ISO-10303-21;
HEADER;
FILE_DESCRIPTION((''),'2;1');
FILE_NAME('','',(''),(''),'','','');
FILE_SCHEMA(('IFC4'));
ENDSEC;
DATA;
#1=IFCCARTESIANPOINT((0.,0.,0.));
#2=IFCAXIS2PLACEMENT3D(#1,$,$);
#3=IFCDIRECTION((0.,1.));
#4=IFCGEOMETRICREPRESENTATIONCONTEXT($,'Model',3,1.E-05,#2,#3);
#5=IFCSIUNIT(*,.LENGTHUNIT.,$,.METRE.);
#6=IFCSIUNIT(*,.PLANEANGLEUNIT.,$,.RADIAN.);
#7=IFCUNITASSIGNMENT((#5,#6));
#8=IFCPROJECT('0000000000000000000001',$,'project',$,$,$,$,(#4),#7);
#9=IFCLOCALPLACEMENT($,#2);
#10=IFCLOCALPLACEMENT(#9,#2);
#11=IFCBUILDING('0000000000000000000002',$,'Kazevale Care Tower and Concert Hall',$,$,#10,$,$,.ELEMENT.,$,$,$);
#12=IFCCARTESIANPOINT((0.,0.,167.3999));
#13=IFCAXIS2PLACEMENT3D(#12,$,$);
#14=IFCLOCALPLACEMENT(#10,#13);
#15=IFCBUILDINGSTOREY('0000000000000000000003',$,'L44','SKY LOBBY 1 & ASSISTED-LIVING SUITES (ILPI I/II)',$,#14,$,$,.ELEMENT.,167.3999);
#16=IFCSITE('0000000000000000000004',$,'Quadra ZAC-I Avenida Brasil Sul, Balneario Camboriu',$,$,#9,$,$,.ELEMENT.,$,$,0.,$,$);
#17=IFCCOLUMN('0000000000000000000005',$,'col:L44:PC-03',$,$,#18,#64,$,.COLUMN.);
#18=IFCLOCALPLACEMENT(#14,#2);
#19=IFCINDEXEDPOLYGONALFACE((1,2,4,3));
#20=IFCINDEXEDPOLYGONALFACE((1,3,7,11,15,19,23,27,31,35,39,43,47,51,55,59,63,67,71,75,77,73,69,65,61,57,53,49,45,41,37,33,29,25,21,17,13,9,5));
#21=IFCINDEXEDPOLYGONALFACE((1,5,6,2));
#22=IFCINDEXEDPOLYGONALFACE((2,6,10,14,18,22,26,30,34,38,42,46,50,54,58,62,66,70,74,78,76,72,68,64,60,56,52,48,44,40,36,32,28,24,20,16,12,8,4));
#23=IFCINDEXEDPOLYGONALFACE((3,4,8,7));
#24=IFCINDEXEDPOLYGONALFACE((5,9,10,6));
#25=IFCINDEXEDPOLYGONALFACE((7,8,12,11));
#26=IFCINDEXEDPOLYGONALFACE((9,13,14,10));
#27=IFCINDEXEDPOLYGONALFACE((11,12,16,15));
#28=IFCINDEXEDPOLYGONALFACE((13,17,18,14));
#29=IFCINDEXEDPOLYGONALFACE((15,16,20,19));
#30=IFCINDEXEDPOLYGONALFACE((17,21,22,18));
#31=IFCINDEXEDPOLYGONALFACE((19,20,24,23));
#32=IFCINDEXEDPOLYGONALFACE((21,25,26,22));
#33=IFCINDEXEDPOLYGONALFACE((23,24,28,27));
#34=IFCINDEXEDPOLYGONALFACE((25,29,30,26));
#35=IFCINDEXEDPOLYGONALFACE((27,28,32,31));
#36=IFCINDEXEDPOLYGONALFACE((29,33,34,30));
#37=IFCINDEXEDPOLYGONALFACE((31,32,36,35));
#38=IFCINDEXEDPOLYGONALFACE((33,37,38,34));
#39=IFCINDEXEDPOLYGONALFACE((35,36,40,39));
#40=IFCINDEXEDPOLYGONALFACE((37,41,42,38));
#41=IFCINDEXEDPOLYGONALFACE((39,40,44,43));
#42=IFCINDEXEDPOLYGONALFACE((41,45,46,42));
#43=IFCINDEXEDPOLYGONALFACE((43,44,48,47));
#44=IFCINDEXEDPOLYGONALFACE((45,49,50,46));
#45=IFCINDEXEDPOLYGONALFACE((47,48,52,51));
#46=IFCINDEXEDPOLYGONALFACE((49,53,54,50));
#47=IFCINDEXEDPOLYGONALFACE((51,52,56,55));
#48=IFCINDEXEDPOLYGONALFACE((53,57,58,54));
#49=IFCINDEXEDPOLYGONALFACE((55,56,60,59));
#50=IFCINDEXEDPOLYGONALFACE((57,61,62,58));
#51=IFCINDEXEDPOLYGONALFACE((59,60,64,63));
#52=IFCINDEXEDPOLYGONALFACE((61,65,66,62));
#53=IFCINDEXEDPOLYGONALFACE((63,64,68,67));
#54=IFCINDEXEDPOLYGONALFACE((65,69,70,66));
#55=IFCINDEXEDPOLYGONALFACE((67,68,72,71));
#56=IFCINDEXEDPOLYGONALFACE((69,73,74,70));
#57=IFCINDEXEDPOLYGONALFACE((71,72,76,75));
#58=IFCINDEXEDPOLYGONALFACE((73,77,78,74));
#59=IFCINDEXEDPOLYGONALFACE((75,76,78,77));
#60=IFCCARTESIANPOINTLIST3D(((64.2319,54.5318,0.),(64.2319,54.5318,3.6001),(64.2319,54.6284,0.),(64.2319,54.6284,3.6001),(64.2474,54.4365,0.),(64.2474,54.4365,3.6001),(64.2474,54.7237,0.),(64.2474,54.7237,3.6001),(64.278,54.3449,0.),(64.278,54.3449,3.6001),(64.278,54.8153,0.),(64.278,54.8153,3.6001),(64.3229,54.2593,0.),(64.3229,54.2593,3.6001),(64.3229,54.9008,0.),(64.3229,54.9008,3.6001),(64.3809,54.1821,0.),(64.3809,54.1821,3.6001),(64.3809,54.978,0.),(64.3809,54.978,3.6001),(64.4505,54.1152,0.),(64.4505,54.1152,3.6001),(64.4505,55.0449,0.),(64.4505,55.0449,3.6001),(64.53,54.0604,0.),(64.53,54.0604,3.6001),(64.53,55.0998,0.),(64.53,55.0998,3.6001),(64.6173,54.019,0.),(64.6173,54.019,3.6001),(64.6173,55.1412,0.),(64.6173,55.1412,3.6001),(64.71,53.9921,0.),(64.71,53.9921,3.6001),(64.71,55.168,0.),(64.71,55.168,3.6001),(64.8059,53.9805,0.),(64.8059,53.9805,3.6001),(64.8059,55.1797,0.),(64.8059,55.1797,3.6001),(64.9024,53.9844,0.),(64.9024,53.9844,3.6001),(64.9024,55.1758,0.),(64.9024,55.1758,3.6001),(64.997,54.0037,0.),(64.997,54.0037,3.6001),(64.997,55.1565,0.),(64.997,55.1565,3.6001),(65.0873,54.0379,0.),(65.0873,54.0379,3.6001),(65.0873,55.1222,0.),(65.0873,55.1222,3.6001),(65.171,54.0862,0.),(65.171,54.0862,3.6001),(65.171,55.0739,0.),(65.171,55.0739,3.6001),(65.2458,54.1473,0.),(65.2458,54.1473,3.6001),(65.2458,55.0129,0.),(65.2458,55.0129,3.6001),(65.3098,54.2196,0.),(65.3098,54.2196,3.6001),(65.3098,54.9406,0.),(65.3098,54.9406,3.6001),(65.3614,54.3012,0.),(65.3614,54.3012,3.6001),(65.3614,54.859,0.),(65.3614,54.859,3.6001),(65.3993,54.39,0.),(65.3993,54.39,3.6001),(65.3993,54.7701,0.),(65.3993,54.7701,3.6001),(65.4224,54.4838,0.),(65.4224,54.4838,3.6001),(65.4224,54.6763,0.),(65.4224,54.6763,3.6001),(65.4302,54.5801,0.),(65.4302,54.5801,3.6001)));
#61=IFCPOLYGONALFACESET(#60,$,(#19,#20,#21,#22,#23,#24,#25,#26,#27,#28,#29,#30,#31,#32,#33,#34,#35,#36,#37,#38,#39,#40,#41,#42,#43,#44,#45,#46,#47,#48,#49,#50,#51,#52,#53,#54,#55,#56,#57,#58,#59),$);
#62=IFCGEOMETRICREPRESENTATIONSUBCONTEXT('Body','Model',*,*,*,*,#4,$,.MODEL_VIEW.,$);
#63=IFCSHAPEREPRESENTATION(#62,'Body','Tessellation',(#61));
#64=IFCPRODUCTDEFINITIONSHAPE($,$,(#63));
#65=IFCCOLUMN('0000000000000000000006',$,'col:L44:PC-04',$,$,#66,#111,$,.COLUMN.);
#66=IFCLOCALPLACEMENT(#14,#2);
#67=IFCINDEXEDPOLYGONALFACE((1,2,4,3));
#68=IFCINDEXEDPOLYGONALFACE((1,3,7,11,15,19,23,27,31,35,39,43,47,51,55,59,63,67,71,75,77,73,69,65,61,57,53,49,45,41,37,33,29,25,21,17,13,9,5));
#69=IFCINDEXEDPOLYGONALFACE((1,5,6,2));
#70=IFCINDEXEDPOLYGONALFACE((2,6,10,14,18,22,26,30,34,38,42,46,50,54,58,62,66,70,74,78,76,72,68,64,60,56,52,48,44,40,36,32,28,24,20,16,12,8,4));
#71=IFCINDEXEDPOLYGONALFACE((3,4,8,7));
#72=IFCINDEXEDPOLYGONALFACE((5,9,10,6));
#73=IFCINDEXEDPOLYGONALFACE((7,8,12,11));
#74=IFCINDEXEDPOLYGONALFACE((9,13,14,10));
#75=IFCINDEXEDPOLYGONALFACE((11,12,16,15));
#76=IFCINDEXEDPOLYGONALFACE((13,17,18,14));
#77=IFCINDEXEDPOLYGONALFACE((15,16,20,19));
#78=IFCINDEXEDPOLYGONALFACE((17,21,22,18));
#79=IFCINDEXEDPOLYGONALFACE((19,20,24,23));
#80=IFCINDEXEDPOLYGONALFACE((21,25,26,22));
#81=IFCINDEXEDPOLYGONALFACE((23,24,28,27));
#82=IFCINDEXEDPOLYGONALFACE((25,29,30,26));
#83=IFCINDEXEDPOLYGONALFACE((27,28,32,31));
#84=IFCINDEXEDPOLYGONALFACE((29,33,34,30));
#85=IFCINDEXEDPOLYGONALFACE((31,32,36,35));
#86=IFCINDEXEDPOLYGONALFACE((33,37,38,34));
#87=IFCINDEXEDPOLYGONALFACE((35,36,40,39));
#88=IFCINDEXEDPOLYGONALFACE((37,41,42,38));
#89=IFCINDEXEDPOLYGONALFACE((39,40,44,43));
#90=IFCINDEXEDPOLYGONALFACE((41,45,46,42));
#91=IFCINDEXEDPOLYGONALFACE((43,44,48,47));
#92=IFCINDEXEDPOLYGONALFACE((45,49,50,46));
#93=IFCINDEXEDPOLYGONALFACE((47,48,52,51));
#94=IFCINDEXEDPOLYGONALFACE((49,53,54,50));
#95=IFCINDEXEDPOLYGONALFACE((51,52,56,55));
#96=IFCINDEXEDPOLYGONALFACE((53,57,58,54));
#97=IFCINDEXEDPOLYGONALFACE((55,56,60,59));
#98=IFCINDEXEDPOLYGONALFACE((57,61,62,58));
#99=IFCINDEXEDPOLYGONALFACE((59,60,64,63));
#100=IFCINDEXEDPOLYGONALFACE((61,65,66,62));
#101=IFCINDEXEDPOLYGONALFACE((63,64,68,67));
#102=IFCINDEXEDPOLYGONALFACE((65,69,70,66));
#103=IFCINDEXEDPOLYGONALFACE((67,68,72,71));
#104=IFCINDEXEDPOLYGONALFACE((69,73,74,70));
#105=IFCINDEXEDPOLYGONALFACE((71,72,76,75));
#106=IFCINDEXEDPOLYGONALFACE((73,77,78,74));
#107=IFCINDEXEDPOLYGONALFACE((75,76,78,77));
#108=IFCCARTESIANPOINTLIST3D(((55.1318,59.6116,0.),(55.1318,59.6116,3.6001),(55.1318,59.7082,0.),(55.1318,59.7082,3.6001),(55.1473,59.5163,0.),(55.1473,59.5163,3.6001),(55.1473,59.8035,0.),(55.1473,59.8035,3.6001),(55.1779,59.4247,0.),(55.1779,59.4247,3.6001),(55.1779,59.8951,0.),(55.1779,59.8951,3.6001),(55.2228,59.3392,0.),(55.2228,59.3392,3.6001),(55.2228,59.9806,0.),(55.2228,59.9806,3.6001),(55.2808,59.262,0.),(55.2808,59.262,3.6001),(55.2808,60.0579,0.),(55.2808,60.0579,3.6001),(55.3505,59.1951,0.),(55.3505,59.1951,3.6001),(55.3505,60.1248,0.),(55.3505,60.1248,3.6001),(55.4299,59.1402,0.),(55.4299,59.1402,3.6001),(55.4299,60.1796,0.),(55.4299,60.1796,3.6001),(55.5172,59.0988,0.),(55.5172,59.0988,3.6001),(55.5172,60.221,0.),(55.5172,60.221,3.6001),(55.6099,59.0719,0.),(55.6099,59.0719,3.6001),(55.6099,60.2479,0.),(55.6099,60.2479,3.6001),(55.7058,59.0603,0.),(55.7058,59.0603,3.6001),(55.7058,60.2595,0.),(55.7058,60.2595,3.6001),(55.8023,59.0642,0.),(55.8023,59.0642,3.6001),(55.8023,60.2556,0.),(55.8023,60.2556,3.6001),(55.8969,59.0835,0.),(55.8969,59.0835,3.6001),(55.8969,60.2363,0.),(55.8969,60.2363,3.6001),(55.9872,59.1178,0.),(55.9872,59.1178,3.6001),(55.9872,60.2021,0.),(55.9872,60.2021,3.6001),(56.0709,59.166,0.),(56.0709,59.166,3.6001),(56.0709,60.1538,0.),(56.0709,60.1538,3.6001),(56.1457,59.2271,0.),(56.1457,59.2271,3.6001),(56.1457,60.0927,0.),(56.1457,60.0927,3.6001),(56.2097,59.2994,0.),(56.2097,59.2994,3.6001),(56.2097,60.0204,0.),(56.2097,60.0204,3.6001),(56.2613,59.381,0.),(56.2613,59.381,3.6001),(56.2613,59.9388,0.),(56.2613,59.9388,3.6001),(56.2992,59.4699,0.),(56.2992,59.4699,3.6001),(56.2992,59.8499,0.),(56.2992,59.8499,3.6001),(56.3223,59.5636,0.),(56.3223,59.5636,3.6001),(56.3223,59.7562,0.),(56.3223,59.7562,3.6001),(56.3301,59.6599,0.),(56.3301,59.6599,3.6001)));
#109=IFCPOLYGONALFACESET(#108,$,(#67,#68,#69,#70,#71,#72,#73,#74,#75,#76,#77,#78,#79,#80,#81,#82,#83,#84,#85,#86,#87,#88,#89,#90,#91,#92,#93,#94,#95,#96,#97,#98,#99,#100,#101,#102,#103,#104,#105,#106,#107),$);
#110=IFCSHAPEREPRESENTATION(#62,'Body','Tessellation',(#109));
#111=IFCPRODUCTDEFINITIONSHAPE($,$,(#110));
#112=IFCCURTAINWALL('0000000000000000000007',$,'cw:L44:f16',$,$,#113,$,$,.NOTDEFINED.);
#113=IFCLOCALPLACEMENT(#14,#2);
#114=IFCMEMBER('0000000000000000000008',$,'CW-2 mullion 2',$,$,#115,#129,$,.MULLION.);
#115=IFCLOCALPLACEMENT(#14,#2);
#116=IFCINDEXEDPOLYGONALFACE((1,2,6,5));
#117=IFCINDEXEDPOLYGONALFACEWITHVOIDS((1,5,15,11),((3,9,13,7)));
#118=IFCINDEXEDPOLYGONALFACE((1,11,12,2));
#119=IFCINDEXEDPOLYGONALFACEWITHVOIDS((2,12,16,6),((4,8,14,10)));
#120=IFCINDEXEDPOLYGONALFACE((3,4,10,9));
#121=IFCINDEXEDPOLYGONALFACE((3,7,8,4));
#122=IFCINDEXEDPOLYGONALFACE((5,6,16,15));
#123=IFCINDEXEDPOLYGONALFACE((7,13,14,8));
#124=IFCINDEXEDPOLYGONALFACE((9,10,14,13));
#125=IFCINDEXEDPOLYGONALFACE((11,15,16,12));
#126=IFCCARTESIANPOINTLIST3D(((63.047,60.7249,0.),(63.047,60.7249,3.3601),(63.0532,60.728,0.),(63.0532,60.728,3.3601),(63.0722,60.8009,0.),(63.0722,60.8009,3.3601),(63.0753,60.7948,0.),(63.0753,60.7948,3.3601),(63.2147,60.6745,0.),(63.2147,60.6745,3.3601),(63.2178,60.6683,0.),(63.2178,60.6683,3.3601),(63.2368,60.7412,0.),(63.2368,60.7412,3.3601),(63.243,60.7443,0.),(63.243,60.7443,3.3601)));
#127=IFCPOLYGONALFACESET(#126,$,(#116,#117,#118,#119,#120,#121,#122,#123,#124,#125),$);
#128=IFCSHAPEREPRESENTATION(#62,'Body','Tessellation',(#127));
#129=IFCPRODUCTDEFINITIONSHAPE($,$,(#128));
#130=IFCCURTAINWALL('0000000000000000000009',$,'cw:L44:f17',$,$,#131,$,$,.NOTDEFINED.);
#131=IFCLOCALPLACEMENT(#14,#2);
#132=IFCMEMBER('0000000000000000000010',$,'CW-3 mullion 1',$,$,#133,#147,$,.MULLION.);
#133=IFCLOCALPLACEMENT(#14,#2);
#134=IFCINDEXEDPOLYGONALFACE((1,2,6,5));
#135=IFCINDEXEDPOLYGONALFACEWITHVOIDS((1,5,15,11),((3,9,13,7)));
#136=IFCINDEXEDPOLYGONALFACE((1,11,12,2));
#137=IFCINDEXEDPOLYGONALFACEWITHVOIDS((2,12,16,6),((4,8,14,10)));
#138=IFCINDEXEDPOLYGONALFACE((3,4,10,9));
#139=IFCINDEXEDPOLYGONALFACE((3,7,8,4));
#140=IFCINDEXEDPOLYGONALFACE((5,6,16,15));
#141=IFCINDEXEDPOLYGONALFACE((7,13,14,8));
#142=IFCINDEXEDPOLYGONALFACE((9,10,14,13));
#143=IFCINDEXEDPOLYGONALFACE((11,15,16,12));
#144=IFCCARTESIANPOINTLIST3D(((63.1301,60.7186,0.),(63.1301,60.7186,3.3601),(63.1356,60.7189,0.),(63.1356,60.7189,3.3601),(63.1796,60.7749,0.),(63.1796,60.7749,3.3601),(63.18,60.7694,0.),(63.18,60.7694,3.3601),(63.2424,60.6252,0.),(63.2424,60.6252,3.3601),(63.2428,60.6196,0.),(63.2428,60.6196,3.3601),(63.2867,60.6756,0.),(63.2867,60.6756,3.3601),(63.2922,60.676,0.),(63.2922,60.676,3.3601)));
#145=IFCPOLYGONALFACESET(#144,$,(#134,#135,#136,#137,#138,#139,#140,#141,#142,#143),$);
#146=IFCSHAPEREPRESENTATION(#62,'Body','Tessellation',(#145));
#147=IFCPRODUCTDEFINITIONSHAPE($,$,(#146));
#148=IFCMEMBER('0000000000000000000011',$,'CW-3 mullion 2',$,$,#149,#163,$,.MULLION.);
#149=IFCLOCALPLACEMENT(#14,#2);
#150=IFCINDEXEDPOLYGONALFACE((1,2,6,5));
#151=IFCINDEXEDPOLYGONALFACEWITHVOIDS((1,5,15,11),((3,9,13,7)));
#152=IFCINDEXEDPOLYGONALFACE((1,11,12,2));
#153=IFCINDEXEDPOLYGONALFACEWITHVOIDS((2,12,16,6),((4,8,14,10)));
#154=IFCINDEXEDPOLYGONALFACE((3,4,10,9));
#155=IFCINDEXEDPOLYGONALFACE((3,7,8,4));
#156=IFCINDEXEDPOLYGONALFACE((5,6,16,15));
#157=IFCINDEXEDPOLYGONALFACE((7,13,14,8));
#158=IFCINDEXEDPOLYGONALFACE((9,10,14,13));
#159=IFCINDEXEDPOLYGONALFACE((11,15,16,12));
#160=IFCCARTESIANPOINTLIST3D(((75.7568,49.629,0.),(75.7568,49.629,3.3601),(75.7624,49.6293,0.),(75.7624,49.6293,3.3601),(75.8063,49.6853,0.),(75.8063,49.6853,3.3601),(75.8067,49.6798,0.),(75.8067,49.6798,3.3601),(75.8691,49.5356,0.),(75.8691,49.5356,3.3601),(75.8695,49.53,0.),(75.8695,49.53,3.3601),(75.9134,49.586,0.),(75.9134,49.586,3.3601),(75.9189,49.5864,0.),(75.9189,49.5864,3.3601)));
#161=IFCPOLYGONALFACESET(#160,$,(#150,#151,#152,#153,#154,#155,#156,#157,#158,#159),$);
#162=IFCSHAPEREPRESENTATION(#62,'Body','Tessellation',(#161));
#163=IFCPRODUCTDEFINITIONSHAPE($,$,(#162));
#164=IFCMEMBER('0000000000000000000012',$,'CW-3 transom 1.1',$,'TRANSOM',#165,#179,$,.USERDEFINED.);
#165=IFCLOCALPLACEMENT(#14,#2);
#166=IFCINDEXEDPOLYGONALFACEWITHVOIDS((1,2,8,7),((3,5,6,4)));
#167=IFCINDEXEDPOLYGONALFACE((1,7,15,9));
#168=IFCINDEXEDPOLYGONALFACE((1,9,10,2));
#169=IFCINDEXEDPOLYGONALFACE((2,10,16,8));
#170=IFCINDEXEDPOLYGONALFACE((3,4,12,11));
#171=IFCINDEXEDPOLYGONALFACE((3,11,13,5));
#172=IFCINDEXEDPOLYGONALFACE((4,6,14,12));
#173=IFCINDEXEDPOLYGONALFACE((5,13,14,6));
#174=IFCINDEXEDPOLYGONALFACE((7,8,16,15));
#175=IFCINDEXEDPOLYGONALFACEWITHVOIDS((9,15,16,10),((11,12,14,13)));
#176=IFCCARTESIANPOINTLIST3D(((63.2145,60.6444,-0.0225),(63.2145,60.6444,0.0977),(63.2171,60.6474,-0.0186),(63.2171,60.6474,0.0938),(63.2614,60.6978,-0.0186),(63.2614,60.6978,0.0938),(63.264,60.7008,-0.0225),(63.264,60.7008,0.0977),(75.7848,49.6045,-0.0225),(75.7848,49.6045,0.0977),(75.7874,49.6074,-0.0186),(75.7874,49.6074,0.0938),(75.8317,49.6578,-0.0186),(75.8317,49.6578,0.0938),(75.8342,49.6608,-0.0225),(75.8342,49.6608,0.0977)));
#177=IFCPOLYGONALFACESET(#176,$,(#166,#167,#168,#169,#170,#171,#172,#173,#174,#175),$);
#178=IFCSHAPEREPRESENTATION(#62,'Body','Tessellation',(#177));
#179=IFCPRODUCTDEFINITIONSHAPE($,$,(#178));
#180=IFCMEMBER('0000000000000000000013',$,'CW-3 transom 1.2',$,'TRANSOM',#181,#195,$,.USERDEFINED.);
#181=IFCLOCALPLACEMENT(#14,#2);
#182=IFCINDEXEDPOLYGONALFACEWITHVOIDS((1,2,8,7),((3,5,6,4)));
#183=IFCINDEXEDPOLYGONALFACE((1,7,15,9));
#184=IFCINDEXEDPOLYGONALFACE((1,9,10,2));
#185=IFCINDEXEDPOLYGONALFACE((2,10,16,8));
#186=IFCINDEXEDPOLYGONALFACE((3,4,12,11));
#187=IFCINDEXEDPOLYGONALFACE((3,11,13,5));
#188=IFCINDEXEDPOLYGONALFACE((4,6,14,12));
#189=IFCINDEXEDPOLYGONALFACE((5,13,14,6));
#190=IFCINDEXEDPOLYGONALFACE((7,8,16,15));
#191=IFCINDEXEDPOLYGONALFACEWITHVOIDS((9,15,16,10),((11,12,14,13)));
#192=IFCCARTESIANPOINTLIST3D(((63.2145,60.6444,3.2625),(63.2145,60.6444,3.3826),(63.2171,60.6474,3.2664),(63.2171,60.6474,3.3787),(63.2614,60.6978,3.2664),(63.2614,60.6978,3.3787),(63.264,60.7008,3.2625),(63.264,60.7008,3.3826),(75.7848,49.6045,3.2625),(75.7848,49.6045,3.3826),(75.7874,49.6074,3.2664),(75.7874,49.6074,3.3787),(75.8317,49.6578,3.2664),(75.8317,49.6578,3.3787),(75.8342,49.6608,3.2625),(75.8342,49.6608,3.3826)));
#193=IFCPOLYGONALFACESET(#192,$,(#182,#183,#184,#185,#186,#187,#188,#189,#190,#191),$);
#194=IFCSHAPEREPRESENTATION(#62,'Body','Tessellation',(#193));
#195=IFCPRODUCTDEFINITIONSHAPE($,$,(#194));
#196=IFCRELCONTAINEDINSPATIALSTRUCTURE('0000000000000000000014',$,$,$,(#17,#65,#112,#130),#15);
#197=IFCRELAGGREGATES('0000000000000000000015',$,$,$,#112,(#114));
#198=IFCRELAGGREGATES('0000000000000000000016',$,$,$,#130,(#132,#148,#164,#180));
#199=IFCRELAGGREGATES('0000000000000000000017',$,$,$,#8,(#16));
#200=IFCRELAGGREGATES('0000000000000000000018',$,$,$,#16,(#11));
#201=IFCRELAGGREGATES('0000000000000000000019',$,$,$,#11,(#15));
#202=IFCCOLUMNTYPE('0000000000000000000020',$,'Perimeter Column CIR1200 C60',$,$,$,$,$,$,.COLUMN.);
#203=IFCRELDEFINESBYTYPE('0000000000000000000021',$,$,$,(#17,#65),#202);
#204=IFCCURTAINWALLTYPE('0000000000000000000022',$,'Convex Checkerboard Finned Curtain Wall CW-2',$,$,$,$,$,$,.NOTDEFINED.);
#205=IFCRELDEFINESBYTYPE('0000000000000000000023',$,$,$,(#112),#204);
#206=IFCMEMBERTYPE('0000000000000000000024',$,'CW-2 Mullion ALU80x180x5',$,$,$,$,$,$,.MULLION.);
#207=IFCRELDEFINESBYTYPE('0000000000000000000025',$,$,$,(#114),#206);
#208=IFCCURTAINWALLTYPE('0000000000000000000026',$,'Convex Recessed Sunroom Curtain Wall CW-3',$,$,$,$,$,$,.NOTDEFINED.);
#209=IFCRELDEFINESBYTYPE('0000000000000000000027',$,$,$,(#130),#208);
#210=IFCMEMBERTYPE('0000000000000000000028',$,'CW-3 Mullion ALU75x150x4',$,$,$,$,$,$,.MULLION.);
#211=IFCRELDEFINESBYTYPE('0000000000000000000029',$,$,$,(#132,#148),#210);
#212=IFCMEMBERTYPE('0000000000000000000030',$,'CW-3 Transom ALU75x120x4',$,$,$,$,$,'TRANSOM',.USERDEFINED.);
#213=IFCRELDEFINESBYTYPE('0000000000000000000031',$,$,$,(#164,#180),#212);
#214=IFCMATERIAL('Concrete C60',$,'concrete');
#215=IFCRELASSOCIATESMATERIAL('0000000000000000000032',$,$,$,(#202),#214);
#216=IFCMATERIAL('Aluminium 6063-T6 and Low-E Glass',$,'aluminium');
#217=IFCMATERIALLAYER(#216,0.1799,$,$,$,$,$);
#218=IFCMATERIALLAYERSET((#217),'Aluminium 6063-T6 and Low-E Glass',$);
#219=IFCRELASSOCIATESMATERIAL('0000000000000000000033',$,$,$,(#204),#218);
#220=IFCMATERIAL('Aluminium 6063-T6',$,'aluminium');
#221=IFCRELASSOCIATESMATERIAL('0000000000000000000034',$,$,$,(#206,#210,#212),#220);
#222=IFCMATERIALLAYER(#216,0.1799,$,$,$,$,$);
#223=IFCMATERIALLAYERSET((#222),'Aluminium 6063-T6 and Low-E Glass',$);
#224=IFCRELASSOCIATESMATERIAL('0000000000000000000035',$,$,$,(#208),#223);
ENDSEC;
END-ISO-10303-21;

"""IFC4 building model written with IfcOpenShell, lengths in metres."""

from ifc_helpers import new_model, si_unit, direction, frame, origin, origin_2d, place, context, subcontext, project, spatial, hollow_rectangle, circle, extrude, material, layer, layer_set, material_profile, profile_set, type_object, element, aggregate, save


model = new_model("IFC4")

# Units and contexts
model_context = context("Model", 3, precision=1e-05, world=origin(), true_north=direction((0.0, 1.0)))
body_context = subcontext(model_context, "Body", "Model", "MODEL_VIEW")
ifc_project = project(units=[si_unit("LENGTHUNIT", "METRE"), si_unit("PLANEANGLEUNIT", "RADIAN")], contexts=[model_context])

# Site, building, storey
site_placement = place(None, origin())
site = spatial("IfcSite", under=ifc_project, at=site_placement, Name="Quadra ZAC-I Avenida Brasil Sul, Balneario Camboriu", CompositionType="ELEMENT", RefElevation=0.0)
building_placement = place(site_placement, origin())
building = spatial("IfcBuilding", under=site, at=building_placement, Name="Kazevale Care Tower and Concert Hall", CompositionType="ELEMENT")
storey_placement = place(building_placement, frame((0.0, 0.0, 167.3999)))
storey = spatial("IfcBuildingStorey", under=building, at=storey_placement, Name="L44", Description="SKY LOBBY 1 & ASSISTED-LIVING SUITES (ILPI I/II)", CompositionType="ELEMENT", Elevation=167.3999)

# Columns
ifc_material_1 = material(Name="Concrete C60", Category="concrete")
ifc_material_profile_1 = material_profile(ifc_material_1, circle(Radius=0.6001, at=origin_2d()), Name="RC-CIR1200")
ifc_profile_set_1 = profile_set([ifc_material_profile_1], Name="Concrete C60")
column_type = type_object("IfcColumnType", Name="Perimeter Column CIR1200 C60", PredefinedType="COLUMN", material=ifc_profile_set_1)
for number, where, z_axis, x_axis, name in (
    (1, (64.8301, 54.5801, 0.0), (0.0, 0.0, 1.0), (1.0, 0.0, 0.0), "col:L44:PC-03"),
    (2, (55.73, 59.6599, 0.0), (0.0, 0.0, 1.0), (1.0, 0.0, 0.0), "col:L44:PC-04"),
):
    element("IfcColumn", number, at=place(storey_placement, frame(where, z_axis=z_axis, x_axis=x_axis)), inside=storey, type_object=column_type, Name=name, PredefinedType="COLUMN", context=body_context, shape_type="SweptSolid", body=[
        extrude(circle(Radius=0.6001, at=origin_2d()), origin(), (0.0, 0.0, 1.0), 3.6001),
    ])

# Curtain wall, member
ifc_material_2 = material(Name="Aluminium 6063-T6 and Low-E Glass", Category="aluminium")
ifc_layer_1 = layer(ifc_material_2, 0.1799)
ifc_layer_set_1 = layer_set([ifc_layer_1], Name="Aluminium 6063-T6 and Low-E Glass")
curtain_wall_type_1 = type_object("IfcCurtainWallType", Name="Convex Checkerboard Finned Curtain Wall CW-2", PredefinedType="NOTDEFINED", material=ifc_layer_set_1)
curtain_wall_1_placement = place(storey_placement, origin())
curtain_wall_1 = element("IfcCurtainWall", 3, at=curtain_wall_1_placement, inside=storey, type_object=curtain_wall_type_1, Name="cw:L44:f16", PredefinedType="NOTDEFINED")
ifc_material_3 = material(Name="Aluminium 6063-T6", Category="aluminium")
ifc_material_profile_2 = material_profile(ifc_material_3, hollow_rectangle(XDim=0.0801, YDim=0.1799, WallThickness=0.0049, at=origin_2d()), Name="ALU80x180x5")
ifc_profile_set_2 = profile_set([ifc_material_profile_2], Name="Aluminium 6063-T6")
member_type_1 = type_object("IfcMemberType", Name="CW-2 Mullion ALU80x180x5", PredefinedType="MULLION", material=ifc_profile_set_2)
member_1_placement = place(storey_placement, frame((63.145, 60.7346, 0.0), z_axis=(0.0, 0.0, 1.0), x_axis=(0.314868, 0.949135, 0.0)))
member_1 = element("IfcMember", 4, at=member_1_placement, type_object=member_type_1, Name="CW-2 mullion 2", PredefinedType="MULLION", context=body_context, shape_type="SweptSolid", body=[
    extrude(hollow_rectangle(XDim=0.0801, YDim=0.1799, WallThickness=0.0049, at=origin_2d()), origin(), (0.0, 0.0, 1.0), 3.3601),
])
aggregate(curtain_wall_1, [member_1])

# Curtain wall, members
ifc_layer_2 = layer(ifc_material_2, 0.1799)
ifc_layer_set_2 = layer_set([ifc_layer_2], Name="Aluminium 6063-T6 and Low-E Glass")
curtain_wall_type_2 = type_object("IfcCurtainWallType", Name="Convex Recessed Sunroom Curtain Wall CW-3", PredefinedType="NOTDEFINED", material=ifc_layer_set_2)
curtain_wall_2_placement = place(storey_placement, origin())
curtain_wall_2 = element("IfcCurtainWall", 5, at=curtain_wall_2_placement, inside=storey, type_object=curtain_wall_type_2, Name="cw:L44:f17", PredefinedType="NOTDEFINED")
ifc_material_profile_3 = material_profile(ifc_material_3, hollow_rectangle(XDim=0.075, YDim=0.1499, WallThickness=0.0039, at=origin_2d()), Name="ALU75x150x4")
ifc_profile_set_3 = profile_set([ifc_material_profile_3], Name="Aluminium 6063-T6")
member_type_2 = type_object("IfcMemberType", Name="CW-3 Mullion ALU75x150x4", PredefinedType="MULLION", material=ifc_profile_set_3)
member_2_placement = place(storey_placement, frame((63.2112, 60.6973, 0.0), z_axis=(0.0, 0.0, 1.0), x_axis=(0.659892, 0.751361, 0.0)))
member_2 = element("IfcMember", 6, at=member_2_placement, type_object=member_type_2, Name="CW-3 mullion 1", PredefinedType="MULLION", context=body_context, shape_type="SweptSolid", body=[
    extrude(hollow_rectangle(XDim=0.075, YDim=0.1499, WallThickness=0.0039, at=origin_2d()), origin(), (0.0, 0.0, 1.0), 3.3601),
])
member_3_placement = place(storey_placement, frame((75.8379, 49.6077, 0.0), z_axis=(0.0, 0.0, 1.0), x_axis=(0.659892, 0.751361, 0.0)))
member_3 = element("IfcMember", 7, at=member_3_placement, type_object=member_type_2, Name="CW-3 mullion 2", PredefinedType="MULLION", context=body_context, shape_type="SweptSolid", body=[
    extrude(hollow_rectangle(XDim=0.075, YDim=0.1499, WallThickness=0.0039, at=origin_2d()), origin(), (0.0, 0.0, 1.0), 3.3601),
])
ifc_material_profile_4 = material_profile(ifc_material_3, hollow_rectangle(XDim=0.075, YDim=0.1201, WallThickness=0.0039, at=origin_2d()), Name="ALU75x120x4")
ifc_profile_set_4 = profile_set([ifc_material_profile_4], Name="Aluminium 6063-T6")
member_type_3 = type_object("IfcMemberType", Name="CW-3 Transom ALU75x120x4", ElementType="TRANSOM", PredefinedType="USERDEFINED", material=ifc_profile_set_4)
member_4_placement = place(storey_placement, frame((63.2393, 60.6726, 0.0376), z_axis=(0.75136, -0.659892, 0.0), x_axis=(0.659892, 0.75136, 0.0)))
member_4 = element("IfcMember", 8, at=member_4_placement, type_object=member_type_3, Name="CW-3 transom 1.1", ObjectType="TRANSOM", PredefinedType="USERDEFINED", context=body_context, shape_type="SweptSolid", body=[
    extrude(hollow_rectangle(XDim=0.075, YDim=0.1201, WallThickness=0.0039, at=origin_2d()), origin(), (0.0, 0.0, 1.0), 16.73),
])
member_5_placement = place(storey_placement, frame((63.2393, 60.6726, 3.3225), z_axis=(0.75136, -0.659892, 0.0), x_axis=(0.659892, 0.75136, 0.0)))
member_5 = element("IfcMember", 9, at=member_5_placement, type_object=member_type_3, Name="CW-3 transom 1.2", ObjectType="TRANSOM", PredefinedType="USERDEFINED", context=body_context, shape_type="SweptSolid", body=[
    extrude(hollow_rectangle(XDim=0.075, YDim=0.1201, WallThickness=0.0039, at=origin_2d()), origin(), (0.0, 0.0, 1.0), 16.73),
])

aggregate(curtain_wall_2, [member_2, member_3, member_4, member_5])

save(model, "model.ifc")
